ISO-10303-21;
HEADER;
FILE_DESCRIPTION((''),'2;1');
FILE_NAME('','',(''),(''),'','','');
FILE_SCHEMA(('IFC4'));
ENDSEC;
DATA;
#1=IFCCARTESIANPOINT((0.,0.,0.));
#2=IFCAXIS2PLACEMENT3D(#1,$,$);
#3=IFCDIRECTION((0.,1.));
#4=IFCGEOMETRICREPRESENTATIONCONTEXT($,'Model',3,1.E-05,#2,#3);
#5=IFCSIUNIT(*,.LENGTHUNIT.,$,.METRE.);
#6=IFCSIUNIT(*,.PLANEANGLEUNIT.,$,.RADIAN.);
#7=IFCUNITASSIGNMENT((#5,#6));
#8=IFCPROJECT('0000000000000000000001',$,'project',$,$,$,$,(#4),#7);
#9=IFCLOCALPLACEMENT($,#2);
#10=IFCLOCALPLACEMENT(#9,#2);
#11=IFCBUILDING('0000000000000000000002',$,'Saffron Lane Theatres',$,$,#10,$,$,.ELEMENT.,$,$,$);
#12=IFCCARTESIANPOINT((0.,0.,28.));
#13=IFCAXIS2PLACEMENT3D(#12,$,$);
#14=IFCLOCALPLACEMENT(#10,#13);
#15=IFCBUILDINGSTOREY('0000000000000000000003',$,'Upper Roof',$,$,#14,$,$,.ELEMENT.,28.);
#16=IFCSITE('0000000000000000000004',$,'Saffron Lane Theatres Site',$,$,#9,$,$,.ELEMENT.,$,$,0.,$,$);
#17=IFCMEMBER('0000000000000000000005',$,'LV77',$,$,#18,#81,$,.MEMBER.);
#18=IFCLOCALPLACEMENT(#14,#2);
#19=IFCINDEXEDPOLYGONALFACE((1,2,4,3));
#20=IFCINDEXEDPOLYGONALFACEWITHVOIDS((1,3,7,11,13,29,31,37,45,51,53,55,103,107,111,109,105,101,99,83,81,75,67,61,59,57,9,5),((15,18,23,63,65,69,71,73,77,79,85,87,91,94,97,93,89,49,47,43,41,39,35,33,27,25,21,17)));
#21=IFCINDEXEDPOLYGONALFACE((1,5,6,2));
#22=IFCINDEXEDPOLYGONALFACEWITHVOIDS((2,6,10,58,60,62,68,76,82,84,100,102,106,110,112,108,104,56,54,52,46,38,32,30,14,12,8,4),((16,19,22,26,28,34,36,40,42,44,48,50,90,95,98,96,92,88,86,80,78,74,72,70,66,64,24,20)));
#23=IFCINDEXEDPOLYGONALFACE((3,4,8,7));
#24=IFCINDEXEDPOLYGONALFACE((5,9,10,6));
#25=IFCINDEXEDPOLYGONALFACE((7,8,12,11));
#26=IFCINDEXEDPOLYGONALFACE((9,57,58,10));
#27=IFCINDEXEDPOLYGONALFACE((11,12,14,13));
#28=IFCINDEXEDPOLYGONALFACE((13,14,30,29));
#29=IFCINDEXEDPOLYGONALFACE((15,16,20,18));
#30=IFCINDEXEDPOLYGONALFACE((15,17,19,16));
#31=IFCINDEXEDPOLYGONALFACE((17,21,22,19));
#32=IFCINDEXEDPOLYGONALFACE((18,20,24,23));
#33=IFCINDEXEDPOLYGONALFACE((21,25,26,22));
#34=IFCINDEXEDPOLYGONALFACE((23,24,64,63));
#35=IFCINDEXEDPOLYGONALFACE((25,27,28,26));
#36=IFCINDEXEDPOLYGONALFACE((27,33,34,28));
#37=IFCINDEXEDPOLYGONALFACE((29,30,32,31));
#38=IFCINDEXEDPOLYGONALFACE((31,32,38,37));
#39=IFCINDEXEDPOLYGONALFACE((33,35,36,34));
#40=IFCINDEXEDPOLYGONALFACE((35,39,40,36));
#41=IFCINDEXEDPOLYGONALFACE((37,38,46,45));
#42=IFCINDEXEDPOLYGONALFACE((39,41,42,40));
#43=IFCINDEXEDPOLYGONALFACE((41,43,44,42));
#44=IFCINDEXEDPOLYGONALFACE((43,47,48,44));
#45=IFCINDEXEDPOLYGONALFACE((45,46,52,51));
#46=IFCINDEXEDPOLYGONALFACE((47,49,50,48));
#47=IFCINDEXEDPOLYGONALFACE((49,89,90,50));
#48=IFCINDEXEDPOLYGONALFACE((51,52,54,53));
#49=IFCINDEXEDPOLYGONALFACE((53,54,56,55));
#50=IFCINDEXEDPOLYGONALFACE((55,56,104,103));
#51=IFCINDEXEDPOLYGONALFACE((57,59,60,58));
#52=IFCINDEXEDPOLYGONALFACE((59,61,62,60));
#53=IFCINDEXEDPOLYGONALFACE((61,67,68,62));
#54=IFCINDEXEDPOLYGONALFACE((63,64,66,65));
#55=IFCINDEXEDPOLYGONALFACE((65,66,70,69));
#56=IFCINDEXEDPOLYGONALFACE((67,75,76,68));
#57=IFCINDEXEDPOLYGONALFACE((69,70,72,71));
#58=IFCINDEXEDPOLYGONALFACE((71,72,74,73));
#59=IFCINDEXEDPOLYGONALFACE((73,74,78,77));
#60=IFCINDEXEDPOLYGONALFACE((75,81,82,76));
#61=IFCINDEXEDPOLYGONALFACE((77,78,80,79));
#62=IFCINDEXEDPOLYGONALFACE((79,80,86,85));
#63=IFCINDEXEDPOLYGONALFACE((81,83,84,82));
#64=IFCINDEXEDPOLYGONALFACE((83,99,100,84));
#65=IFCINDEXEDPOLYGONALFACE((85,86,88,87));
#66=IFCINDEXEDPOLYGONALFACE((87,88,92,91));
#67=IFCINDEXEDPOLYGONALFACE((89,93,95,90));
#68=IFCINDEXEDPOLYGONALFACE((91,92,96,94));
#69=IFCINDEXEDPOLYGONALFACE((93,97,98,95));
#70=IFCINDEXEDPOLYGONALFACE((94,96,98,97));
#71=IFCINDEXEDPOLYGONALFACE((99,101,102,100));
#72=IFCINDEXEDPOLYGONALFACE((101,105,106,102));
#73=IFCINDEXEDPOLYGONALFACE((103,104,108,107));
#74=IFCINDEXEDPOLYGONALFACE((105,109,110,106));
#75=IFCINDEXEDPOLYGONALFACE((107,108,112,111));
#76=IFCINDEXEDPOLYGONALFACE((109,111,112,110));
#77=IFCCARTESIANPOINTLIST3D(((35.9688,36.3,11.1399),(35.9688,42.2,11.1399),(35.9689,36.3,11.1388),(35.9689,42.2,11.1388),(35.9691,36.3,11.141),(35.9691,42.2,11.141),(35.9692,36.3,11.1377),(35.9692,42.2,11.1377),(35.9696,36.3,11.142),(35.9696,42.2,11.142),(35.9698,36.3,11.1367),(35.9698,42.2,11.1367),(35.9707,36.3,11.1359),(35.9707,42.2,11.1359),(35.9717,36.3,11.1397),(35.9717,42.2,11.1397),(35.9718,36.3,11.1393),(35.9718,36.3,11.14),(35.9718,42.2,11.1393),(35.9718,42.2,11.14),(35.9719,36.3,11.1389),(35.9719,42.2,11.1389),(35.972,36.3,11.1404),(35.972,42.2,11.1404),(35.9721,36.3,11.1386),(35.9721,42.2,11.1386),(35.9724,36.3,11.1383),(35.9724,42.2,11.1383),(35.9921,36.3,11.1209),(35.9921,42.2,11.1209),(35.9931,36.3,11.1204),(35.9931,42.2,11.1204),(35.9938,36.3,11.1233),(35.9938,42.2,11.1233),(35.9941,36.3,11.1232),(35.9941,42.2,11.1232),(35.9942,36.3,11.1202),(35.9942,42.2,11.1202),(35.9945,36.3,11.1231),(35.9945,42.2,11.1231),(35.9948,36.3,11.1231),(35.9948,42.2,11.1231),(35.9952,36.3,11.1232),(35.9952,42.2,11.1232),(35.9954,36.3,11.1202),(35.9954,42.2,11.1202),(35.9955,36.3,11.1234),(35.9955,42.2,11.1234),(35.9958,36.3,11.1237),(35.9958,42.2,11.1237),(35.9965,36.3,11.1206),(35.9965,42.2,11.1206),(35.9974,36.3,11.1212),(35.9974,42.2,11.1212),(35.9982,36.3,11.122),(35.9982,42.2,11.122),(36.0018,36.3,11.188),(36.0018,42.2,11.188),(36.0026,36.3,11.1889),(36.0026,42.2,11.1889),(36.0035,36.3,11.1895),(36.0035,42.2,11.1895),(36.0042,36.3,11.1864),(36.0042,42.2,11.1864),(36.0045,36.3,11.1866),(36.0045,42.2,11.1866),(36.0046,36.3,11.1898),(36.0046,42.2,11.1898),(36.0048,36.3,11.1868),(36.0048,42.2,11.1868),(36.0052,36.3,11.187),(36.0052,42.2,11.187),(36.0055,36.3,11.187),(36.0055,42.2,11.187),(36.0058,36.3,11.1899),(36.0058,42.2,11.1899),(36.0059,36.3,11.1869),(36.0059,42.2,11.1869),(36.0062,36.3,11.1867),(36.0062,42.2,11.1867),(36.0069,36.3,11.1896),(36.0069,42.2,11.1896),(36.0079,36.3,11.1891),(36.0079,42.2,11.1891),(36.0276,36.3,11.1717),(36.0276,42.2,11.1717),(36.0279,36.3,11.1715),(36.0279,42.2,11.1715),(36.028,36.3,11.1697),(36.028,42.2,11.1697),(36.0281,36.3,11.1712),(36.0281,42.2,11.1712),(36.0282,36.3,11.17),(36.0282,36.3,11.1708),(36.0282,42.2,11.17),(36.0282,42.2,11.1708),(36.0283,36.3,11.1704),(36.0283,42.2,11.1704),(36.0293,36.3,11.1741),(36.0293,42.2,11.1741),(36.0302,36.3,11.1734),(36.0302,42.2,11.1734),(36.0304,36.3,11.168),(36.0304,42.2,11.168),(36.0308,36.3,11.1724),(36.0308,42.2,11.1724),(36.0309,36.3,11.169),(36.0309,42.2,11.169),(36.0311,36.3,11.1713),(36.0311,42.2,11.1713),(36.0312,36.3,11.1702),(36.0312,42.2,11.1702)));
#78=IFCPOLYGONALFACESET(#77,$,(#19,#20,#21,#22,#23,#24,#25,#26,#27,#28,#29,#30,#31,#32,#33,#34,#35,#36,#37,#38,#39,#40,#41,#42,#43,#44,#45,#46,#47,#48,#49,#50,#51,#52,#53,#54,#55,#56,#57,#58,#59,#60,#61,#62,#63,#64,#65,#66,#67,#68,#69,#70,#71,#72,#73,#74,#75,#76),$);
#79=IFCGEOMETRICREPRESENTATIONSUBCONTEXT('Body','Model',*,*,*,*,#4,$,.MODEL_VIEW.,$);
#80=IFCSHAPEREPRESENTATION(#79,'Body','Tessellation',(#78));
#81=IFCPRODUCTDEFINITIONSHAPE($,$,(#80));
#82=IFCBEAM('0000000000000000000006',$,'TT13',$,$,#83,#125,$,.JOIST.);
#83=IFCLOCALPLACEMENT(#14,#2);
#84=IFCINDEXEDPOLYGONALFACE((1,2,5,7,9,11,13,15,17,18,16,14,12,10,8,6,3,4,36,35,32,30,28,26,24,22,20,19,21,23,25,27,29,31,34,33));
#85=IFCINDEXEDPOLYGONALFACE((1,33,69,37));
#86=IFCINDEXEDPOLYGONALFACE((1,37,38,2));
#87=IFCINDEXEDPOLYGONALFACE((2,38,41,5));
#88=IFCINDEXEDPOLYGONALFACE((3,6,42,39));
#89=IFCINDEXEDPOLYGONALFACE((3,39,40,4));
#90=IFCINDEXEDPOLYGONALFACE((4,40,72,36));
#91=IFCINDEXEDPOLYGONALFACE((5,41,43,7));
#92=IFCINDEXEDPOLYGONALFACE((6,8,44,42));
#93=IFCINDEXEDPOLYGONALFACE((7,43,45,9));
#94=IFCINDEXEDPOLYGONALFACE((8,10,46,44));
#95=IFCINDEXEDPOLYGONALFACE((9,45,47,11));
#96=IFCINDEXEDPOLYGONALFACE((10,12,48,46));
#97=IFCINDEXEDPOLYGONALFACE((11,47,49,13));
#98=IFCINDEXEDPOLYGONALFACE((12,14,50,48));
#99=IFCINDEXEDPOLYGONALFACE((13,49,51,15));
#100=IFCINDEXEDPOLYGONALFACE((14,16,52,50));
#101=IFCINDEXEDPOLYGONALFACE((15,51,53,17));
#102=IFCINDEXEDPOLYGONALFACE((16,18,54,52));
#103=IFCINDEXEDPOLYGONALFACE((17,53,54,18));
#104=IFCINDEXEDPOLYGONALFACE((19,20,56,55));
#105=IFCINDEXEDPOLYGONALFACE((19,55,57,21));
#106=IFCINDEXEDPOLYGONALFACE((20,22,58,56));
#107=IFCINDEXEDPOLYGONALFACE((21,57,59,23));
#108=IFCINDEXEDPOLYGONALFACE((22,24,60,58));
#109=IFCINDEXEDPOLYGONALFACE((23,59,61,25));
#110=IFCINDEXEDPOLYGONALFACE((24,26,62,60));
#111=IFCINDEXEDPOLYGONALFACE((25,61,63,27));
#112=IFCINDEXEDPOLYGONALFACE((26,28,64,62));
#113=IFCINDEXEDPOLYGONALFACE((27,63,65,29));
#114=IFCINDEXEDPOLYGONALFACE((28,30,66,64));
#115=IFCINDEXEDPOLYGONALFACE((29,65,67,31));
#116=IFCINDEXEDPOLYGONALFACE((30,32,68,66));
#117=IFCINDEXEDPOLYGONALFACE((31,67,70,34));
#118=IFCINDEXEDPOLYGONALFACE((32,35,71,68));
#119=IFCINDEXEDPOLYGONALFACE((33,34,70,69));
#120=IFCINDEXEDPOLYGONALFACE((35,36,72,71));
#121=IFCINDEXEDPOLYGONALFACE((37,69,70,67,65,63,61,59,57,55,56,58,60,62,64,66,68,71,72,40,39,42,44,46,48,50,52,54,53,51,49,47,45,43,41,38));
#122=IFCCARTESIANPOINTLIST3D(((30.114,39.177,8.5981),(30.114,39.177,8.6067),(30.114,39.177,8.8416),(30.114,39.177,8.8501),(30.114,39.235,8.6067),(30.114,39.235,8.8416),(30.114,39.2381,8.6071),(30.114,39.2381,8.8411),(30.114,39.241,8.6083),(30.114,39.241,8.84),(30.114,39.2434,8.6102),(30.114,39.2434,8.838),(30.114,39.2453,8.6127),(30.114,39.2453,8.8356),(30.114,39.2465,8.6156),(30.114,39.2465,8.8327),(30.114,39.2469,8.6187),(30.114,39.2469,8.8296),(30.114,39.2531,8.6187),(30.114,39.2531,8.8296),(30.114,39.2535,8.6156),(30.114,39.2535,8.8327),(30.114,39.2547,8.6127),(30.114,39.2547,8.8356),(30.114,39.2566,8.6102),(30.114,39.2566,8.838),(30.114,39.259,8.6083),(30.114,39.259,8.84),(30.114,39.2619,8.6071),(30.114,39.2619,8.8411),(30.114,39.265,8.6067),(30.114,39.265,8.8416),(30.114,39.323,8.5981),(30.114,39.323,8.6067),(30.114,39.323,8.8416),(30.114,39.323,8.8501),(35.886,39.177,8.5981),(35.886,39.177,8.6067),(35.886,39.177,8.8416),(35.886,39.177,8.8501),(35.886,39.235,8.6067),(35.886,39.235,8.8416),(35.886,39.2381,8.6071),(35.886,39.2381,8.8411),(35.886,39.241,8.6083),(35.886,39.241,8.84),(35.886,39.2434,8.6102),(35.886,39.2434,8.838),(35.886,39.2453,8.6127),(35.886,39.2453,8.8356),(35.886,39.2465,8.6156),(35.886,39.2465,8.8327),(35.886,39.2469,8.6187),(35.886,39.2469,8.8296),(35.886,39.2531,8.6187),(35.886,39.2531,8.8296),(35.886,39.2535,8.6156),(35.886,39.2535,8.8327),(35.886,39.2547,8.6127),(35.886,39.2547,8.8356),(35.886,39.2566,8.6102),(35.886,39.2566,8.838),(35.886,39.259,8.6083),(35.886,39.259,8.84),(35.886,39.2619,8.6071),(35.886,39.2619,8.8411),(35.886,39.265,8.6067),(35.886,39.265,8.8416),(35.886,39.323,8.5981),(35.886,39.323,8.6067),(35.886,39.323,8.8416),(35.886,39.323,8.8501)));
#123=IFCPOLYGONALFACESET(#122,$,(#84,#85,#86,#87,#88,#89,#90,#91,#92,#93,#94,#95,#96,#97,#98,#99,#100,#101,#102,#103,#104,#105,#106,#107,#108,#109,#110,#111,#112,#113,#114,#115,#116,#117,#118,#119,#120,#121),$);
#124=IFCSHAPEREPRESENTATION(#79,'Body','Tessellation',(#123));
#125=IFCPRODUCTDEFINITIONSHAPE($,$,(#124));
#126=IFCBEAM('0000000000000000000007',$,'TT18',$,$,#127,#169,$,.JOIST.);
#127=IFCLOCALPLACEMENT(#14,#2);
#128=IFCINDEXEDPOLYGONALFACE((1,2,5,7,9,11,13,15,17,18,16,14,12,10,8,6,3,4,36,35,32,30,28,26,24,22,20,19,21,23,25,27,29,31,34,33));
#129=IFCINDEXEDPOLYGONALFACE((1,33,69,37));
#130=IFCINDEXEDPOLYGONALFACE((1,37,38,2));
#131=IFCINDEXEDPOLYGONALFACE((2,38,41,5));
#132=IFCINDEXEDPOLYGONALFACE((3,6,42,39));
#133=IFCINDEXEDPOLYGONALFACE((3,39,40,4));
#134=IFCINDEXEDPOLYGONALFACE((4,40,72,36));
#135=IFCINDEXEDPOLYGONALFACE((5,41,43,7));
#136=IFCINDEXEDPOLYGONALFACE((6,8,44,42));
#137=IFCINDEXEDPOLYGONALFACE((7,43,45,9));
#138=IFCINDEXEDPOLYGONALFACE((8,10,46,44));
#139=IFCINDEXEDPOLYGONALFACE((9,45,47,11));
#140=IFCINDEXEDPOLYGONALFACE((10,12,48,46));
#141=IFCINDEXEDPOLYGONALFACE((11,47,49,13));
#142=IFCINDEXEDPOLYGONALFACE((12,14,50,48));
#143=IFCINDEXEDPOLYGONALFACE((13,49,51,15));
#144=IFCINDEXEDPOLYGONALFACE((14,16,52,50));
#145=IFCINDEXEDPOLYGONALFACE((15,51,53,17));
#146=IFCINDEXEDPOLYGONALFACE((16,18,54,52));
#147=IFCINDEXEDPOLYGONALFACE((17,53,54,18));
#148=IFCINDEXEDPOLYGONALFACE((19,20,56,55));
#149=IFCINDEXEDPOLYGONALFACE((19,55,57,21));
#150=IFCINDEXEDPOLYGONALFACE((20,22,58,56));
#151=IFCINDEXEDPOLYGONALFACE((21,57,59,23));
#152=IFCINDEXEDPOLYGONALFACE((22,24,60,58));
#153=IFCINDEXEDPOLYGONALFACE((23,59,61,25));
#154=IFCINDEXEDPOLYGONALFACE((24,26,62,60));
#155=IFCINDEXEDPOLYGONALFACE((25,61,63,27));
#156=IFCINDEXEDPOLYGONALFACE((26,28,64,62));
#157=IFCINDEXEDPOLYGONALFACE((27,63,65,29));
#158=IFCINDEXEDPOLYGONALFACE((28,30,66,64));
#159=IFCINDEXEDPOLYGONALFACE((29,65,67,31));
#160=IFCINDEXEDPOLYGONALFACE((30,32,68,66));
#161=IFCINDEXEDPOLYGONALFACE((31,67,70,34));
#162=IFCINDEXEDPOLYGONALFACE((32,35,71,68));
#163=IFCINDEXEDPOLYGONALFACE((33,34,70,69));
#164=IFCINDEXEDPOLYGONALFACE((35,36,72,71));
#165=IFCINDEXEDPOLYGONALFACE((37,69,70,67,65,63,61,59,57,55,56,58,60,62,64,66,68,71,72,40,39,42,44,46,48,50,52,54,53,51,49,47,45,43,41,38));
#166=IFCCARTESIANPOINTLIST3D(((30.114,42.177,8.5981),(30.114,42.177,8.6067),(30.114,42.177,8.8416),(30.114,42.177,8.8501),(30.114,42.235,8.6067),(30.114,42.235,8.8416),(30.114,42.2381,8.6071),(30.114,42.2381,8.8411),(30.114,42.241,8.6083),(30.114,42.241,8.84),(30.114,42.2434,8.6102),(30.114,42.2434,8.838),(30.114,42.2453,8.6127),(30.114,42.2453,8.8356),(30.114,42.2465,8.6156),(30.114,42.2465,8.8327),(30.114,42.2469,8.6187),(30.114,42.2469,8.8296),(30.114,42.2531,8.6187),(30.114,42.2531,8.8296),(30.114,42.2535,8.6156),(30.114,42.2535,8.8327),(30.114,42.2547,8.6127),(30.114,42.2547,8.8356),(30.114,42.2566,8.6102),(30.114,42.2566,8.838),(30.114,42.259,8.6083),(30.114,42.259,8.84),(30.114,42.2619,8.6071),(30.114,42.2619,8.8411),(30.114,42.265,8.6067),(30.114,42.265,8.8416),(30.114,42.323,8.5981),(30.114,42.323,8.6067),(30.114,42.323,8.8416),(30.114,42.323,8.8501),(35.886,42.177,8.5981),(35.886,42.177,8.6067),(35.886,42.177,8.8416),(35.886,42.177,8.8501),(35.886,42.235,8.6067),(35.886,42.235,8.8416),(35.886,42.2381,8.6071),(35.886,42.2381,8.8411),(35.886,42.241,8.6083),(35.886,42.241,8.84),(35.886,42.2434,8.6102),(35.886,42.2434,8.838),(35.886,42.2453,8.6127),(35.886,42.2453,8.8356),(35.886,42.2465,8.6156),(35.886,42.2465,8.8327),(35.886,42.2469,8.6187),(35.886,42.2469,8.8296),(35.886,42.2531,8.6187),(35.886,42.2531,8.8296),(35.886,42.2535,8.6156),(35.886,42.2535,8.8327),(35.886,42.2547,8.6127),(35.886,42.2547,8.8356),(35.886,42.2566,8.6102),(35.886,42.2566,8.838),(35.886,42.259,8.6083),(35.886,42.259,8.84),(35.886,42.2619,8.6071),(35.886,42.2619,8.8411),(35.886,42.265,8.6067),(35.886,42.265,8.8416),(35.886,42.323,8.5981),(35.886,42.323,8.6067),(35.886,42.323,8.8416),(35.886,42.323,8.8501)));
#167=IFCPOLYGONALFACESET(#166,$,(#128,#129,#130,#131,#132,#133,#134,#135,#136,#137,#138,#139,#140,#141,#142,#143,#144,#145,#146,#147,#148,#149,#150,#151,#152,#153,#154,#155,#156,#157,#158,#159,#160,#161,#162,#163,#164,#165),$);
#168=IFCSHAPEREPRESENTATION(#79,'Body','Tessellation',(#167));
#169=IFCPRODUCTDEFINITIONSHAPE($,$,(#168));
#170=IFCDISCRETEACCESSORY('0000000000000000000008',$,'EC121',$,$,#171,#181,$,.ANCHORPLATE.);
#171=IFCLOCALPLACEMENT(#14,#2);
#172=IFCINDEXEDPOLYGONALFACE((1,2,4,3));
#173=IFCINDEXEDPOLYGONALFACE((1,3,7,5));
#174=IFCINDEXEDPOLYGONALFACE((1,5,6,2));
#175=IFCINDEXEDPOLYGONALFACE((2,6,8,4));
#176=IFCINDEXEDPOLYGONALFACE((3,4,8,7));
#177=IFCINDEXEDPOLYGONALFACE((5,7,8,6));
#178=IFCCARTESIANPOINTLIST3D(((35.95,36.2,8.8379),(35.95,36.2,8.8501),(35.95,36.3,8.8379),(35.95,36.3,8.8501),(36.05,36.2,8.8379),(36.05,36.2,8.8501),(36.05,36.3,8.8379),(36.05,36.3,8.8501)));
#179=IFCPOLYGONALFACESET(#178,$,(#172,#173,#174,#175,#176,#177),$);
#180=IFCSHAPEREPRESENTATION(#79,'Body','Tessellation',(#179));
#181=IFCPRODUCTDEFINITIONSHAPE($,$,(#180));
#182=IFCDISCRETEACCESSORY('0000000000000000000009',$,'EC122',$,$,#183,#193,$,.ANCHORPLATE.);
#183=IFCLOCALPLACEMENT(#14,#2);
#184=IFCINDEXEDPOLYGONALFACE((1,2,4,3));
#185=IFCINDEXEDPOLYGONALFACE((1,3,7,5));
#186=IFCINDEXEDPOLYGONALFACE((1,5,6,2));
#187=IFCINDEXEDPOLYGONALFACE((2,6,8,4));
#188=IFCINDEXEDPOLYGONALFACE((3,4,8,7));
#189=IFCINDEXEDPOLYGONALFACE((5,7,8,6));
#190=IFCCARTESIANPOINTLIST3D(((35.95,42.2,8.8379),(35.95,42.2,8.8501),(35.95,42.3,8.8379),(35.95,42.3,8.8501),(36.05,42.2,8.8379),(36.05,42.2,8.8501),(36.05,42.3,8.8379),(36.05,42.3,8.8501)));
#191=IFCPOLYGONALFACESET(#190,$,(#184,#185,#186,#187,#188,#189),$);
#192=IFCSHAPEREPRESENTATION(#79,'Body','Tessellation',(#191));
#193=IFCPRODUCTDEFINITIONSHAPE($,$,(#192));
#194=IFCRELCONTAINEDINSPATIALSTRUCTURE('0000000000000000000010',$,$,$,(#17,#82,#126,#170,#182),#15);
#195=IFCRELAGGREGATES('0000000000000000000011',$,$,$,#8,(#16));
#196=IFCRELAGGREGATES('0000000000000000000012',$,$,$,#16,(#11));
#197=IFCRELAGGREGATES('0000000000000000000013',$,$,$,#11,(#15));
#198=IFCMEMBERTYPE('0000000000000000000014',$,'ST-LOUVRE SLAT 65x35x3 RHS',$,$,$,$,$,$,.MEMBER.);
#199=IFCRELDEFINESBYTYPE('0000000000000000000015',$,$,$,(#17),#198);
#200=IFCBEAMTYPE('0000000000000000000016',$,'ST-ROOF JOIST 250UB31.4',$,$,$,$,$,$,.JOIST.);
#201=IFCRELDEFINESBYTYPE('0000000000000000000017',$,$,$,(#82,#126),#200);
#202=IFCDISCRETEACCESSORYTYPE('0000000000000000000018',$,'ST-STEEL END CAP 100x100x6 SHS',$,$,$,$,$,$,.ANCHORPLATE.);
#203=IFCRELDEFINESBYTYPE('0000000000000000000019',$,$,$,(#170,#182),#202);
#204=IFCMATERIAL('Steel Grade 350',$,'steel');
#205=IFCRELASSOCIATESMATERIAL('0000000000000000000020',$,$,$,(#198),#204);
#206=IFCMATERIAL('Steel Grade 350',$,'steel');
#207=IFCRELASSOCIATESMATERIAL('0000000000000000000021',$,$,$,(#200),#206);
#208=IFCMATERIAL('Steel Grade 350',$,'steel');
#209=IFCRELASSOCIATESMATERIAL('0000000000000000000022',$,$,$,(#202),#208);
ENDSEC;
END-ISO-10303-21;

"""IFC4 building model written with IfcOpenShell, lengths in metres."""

from ifc_helpers import new_model, si_unit, direction, frame, origin, origin_2d, place, context, subcontext, project, spatial, rectangle, hollow_rectangle, i_section, extrude, material, material_profile, profile_set, type_object, element, save


model = new_model("IFC4")

# Units and contexts
model_context = context("Model", 3, precision=1e-05, world=origin(), true_north=direction((0.0, 1.0)))
body_context = subcontext(model_context, "Body", "Model", "MODEL_VIEW")
ifc_project = project(units=[si_unit("LENGTHUNIT", "METRE"), si_unit("PLANEANGLEUNIT", "RADIAN")], contexts=[model_context])

# Site, building, storey
site_placement = place(None, origin())
site = spatial("IfcSite", under=ifc_project, at=site_placement, Name="Saffron Lane Theatres Site", CompositionType="ELEMENT", RefElevation=0.0)
building_placement = place(site_placement, origin())
building = spatial("IfcBuilding", under=site, at=building_placement, Name="Saffron Lane Theatres", CompositionType="ELEMENT")
storey_placement = place(building_placement, frame((0.0, 0.0, 28.0)))
storey = spatial("IfcBuildingStorey", under=building, at=storey_placement, Name="Upper Roof", CompositionType="ELEMENT", Elevation=28.0)

# Member
ifc_material_1 = material(Name="Steel Grade 350", Category="steel")
ifc_material_profile_1 = material_profile(ifc_material_1, hollow_rectangle(XDim=0.0349, YDim=0.0649, WallThickness=0.0029, InnerFilletRadius=0.0015, OuterFilletRadius=0.0044, at=origin_2d()))
ifc_profile_set_1 = profile_set([ifc_material_profile_1], Name="Steel Grade 350")
member_type_1 = type_object("IfcMemberType", Name="ST-LOUVRE SLAT 65x35x3 RHS", PredefinedType="MEMBER", material=ifc_profile_set_1)
for number, where, z_axis, x_axis, name in (
    (1, (36.0, 36.3, 11.155), (0.0, 1.0, 0.0), (-0.819152, 0.0, 0.573576), "LV77"),
):
    element("IfcMember", number, at=place(storey_placement, frame(where, z_axis=z_axis, x_axis=x_axis)), inside=storey, type_object=member_type_1, Name=name, PredefinedType="MEMBER", context=body_context, shape_type="SweptSolid", body=[
        extrude(hollow_rectangle(XDim=0.0349, YDim=0.0649, WallThickness=0.0029, InnerFilletRadius=0.0015, OuterFilletRadius=0.0044, at=origin_2d()), origin(), (0.0, 0.0, 1.0), 5.8999),
    ])

# Beams
ifc_material_2 = material(Name="Steel Grade 350", Category="steel")
ifc_material_profile_2 = material_profile(ifc_material_2, i_section(OverallWidth=0.146, OverallDepth=0.252, WebThickness=0.0061, FlangeThickness=0.0085, FilletRadius=0.012, at=origin_2d()))
ifc_profile_set_2 = profile_set([ifc_material_profile_2], Name="Steel Grade 350")
beam_type_1 = type_object("IfcBeamType", Name="ST-ROOF JOIST 250UB31.4", PredefinedType="JOIST", material=ifc_profile_set_2)
for number, where, z_axis, x_axis, name in (
    (2, (30.114, 39.25, 8.7241), (1.0, 0.0, 0.0), (0.0, 1.0, 0.0), "TT13"),
    (3, (30.114, 42.25, 8.7241), (1.0, 0.0, 0.0), (0.0, 1.0, 0.0), "TT18"),
):
    element("IfcBeam", number, at=place(storey_placement, frame(where, z_axis=z_axis, x_axis=x_axis)), inside=storey, type_object=beam_type_1, Name=name, PredefinedType="JOIST", context=body_context, shape_type="SweptSolid", body=[
        extrude(i_section(OverallWidth=0.146, OverallDepth=0.252, WebThickness=0.0061, FlangeThickness=0.0085, FilletRadius=0.012, at=origin_2d()), origin(), (0.0, 0.0, 1.0), 5.772),
    ])

# Discrete accessories
ifc_material_3 = material(Name="Steel Grade 350", Category="steel")
ifc_material_profile_3 = material_profile(ifc_material_3, rectangle(XDim=0.1001, YDim=0.1001, at=origin_2d()))
ifc_profile_set_3 = profile_set([ifc_material_profile_3], Name="Steel Grade 350")
discrete_accessory_type_1 = type_object("IfcDiscreteAccessoryType", Name="ST-STEEL END CAP 100x100x6 SHS", PredefinedType="ANCHORPLATE", material=ifc_profile_set_3)
for number, where, z_axis, x_axis, name in (
    (4, (36.0, 36.25, 8.8379), (0.0, 0.0, 1.0), (1.0, 0.0, 0.0), "EC121"),
    (5, (36.0, 42.25, 8.8379), (0.0, 0.0, 1.0), (1.0, 0.0, 0.0), "EC122"),
):
    element("IfcDiscreteAccessory", number, at=place(storey_placement, frame(where, z_axis=z_axis, x_axis=x_axis)), inside=storey, type_object=discrete_accessory_type_1, Name=name, PredefinedType="ANCHORPLATE", context=body_context, shape_type="SweptSolid", body=[
        extrude(rectangle(XDim=0.1001, YDim=0.1001, at=origin_2d()), origin(), (0.0, 0.0, 1.0), 0.0122),
    ])

save(model, "model.ifc")
